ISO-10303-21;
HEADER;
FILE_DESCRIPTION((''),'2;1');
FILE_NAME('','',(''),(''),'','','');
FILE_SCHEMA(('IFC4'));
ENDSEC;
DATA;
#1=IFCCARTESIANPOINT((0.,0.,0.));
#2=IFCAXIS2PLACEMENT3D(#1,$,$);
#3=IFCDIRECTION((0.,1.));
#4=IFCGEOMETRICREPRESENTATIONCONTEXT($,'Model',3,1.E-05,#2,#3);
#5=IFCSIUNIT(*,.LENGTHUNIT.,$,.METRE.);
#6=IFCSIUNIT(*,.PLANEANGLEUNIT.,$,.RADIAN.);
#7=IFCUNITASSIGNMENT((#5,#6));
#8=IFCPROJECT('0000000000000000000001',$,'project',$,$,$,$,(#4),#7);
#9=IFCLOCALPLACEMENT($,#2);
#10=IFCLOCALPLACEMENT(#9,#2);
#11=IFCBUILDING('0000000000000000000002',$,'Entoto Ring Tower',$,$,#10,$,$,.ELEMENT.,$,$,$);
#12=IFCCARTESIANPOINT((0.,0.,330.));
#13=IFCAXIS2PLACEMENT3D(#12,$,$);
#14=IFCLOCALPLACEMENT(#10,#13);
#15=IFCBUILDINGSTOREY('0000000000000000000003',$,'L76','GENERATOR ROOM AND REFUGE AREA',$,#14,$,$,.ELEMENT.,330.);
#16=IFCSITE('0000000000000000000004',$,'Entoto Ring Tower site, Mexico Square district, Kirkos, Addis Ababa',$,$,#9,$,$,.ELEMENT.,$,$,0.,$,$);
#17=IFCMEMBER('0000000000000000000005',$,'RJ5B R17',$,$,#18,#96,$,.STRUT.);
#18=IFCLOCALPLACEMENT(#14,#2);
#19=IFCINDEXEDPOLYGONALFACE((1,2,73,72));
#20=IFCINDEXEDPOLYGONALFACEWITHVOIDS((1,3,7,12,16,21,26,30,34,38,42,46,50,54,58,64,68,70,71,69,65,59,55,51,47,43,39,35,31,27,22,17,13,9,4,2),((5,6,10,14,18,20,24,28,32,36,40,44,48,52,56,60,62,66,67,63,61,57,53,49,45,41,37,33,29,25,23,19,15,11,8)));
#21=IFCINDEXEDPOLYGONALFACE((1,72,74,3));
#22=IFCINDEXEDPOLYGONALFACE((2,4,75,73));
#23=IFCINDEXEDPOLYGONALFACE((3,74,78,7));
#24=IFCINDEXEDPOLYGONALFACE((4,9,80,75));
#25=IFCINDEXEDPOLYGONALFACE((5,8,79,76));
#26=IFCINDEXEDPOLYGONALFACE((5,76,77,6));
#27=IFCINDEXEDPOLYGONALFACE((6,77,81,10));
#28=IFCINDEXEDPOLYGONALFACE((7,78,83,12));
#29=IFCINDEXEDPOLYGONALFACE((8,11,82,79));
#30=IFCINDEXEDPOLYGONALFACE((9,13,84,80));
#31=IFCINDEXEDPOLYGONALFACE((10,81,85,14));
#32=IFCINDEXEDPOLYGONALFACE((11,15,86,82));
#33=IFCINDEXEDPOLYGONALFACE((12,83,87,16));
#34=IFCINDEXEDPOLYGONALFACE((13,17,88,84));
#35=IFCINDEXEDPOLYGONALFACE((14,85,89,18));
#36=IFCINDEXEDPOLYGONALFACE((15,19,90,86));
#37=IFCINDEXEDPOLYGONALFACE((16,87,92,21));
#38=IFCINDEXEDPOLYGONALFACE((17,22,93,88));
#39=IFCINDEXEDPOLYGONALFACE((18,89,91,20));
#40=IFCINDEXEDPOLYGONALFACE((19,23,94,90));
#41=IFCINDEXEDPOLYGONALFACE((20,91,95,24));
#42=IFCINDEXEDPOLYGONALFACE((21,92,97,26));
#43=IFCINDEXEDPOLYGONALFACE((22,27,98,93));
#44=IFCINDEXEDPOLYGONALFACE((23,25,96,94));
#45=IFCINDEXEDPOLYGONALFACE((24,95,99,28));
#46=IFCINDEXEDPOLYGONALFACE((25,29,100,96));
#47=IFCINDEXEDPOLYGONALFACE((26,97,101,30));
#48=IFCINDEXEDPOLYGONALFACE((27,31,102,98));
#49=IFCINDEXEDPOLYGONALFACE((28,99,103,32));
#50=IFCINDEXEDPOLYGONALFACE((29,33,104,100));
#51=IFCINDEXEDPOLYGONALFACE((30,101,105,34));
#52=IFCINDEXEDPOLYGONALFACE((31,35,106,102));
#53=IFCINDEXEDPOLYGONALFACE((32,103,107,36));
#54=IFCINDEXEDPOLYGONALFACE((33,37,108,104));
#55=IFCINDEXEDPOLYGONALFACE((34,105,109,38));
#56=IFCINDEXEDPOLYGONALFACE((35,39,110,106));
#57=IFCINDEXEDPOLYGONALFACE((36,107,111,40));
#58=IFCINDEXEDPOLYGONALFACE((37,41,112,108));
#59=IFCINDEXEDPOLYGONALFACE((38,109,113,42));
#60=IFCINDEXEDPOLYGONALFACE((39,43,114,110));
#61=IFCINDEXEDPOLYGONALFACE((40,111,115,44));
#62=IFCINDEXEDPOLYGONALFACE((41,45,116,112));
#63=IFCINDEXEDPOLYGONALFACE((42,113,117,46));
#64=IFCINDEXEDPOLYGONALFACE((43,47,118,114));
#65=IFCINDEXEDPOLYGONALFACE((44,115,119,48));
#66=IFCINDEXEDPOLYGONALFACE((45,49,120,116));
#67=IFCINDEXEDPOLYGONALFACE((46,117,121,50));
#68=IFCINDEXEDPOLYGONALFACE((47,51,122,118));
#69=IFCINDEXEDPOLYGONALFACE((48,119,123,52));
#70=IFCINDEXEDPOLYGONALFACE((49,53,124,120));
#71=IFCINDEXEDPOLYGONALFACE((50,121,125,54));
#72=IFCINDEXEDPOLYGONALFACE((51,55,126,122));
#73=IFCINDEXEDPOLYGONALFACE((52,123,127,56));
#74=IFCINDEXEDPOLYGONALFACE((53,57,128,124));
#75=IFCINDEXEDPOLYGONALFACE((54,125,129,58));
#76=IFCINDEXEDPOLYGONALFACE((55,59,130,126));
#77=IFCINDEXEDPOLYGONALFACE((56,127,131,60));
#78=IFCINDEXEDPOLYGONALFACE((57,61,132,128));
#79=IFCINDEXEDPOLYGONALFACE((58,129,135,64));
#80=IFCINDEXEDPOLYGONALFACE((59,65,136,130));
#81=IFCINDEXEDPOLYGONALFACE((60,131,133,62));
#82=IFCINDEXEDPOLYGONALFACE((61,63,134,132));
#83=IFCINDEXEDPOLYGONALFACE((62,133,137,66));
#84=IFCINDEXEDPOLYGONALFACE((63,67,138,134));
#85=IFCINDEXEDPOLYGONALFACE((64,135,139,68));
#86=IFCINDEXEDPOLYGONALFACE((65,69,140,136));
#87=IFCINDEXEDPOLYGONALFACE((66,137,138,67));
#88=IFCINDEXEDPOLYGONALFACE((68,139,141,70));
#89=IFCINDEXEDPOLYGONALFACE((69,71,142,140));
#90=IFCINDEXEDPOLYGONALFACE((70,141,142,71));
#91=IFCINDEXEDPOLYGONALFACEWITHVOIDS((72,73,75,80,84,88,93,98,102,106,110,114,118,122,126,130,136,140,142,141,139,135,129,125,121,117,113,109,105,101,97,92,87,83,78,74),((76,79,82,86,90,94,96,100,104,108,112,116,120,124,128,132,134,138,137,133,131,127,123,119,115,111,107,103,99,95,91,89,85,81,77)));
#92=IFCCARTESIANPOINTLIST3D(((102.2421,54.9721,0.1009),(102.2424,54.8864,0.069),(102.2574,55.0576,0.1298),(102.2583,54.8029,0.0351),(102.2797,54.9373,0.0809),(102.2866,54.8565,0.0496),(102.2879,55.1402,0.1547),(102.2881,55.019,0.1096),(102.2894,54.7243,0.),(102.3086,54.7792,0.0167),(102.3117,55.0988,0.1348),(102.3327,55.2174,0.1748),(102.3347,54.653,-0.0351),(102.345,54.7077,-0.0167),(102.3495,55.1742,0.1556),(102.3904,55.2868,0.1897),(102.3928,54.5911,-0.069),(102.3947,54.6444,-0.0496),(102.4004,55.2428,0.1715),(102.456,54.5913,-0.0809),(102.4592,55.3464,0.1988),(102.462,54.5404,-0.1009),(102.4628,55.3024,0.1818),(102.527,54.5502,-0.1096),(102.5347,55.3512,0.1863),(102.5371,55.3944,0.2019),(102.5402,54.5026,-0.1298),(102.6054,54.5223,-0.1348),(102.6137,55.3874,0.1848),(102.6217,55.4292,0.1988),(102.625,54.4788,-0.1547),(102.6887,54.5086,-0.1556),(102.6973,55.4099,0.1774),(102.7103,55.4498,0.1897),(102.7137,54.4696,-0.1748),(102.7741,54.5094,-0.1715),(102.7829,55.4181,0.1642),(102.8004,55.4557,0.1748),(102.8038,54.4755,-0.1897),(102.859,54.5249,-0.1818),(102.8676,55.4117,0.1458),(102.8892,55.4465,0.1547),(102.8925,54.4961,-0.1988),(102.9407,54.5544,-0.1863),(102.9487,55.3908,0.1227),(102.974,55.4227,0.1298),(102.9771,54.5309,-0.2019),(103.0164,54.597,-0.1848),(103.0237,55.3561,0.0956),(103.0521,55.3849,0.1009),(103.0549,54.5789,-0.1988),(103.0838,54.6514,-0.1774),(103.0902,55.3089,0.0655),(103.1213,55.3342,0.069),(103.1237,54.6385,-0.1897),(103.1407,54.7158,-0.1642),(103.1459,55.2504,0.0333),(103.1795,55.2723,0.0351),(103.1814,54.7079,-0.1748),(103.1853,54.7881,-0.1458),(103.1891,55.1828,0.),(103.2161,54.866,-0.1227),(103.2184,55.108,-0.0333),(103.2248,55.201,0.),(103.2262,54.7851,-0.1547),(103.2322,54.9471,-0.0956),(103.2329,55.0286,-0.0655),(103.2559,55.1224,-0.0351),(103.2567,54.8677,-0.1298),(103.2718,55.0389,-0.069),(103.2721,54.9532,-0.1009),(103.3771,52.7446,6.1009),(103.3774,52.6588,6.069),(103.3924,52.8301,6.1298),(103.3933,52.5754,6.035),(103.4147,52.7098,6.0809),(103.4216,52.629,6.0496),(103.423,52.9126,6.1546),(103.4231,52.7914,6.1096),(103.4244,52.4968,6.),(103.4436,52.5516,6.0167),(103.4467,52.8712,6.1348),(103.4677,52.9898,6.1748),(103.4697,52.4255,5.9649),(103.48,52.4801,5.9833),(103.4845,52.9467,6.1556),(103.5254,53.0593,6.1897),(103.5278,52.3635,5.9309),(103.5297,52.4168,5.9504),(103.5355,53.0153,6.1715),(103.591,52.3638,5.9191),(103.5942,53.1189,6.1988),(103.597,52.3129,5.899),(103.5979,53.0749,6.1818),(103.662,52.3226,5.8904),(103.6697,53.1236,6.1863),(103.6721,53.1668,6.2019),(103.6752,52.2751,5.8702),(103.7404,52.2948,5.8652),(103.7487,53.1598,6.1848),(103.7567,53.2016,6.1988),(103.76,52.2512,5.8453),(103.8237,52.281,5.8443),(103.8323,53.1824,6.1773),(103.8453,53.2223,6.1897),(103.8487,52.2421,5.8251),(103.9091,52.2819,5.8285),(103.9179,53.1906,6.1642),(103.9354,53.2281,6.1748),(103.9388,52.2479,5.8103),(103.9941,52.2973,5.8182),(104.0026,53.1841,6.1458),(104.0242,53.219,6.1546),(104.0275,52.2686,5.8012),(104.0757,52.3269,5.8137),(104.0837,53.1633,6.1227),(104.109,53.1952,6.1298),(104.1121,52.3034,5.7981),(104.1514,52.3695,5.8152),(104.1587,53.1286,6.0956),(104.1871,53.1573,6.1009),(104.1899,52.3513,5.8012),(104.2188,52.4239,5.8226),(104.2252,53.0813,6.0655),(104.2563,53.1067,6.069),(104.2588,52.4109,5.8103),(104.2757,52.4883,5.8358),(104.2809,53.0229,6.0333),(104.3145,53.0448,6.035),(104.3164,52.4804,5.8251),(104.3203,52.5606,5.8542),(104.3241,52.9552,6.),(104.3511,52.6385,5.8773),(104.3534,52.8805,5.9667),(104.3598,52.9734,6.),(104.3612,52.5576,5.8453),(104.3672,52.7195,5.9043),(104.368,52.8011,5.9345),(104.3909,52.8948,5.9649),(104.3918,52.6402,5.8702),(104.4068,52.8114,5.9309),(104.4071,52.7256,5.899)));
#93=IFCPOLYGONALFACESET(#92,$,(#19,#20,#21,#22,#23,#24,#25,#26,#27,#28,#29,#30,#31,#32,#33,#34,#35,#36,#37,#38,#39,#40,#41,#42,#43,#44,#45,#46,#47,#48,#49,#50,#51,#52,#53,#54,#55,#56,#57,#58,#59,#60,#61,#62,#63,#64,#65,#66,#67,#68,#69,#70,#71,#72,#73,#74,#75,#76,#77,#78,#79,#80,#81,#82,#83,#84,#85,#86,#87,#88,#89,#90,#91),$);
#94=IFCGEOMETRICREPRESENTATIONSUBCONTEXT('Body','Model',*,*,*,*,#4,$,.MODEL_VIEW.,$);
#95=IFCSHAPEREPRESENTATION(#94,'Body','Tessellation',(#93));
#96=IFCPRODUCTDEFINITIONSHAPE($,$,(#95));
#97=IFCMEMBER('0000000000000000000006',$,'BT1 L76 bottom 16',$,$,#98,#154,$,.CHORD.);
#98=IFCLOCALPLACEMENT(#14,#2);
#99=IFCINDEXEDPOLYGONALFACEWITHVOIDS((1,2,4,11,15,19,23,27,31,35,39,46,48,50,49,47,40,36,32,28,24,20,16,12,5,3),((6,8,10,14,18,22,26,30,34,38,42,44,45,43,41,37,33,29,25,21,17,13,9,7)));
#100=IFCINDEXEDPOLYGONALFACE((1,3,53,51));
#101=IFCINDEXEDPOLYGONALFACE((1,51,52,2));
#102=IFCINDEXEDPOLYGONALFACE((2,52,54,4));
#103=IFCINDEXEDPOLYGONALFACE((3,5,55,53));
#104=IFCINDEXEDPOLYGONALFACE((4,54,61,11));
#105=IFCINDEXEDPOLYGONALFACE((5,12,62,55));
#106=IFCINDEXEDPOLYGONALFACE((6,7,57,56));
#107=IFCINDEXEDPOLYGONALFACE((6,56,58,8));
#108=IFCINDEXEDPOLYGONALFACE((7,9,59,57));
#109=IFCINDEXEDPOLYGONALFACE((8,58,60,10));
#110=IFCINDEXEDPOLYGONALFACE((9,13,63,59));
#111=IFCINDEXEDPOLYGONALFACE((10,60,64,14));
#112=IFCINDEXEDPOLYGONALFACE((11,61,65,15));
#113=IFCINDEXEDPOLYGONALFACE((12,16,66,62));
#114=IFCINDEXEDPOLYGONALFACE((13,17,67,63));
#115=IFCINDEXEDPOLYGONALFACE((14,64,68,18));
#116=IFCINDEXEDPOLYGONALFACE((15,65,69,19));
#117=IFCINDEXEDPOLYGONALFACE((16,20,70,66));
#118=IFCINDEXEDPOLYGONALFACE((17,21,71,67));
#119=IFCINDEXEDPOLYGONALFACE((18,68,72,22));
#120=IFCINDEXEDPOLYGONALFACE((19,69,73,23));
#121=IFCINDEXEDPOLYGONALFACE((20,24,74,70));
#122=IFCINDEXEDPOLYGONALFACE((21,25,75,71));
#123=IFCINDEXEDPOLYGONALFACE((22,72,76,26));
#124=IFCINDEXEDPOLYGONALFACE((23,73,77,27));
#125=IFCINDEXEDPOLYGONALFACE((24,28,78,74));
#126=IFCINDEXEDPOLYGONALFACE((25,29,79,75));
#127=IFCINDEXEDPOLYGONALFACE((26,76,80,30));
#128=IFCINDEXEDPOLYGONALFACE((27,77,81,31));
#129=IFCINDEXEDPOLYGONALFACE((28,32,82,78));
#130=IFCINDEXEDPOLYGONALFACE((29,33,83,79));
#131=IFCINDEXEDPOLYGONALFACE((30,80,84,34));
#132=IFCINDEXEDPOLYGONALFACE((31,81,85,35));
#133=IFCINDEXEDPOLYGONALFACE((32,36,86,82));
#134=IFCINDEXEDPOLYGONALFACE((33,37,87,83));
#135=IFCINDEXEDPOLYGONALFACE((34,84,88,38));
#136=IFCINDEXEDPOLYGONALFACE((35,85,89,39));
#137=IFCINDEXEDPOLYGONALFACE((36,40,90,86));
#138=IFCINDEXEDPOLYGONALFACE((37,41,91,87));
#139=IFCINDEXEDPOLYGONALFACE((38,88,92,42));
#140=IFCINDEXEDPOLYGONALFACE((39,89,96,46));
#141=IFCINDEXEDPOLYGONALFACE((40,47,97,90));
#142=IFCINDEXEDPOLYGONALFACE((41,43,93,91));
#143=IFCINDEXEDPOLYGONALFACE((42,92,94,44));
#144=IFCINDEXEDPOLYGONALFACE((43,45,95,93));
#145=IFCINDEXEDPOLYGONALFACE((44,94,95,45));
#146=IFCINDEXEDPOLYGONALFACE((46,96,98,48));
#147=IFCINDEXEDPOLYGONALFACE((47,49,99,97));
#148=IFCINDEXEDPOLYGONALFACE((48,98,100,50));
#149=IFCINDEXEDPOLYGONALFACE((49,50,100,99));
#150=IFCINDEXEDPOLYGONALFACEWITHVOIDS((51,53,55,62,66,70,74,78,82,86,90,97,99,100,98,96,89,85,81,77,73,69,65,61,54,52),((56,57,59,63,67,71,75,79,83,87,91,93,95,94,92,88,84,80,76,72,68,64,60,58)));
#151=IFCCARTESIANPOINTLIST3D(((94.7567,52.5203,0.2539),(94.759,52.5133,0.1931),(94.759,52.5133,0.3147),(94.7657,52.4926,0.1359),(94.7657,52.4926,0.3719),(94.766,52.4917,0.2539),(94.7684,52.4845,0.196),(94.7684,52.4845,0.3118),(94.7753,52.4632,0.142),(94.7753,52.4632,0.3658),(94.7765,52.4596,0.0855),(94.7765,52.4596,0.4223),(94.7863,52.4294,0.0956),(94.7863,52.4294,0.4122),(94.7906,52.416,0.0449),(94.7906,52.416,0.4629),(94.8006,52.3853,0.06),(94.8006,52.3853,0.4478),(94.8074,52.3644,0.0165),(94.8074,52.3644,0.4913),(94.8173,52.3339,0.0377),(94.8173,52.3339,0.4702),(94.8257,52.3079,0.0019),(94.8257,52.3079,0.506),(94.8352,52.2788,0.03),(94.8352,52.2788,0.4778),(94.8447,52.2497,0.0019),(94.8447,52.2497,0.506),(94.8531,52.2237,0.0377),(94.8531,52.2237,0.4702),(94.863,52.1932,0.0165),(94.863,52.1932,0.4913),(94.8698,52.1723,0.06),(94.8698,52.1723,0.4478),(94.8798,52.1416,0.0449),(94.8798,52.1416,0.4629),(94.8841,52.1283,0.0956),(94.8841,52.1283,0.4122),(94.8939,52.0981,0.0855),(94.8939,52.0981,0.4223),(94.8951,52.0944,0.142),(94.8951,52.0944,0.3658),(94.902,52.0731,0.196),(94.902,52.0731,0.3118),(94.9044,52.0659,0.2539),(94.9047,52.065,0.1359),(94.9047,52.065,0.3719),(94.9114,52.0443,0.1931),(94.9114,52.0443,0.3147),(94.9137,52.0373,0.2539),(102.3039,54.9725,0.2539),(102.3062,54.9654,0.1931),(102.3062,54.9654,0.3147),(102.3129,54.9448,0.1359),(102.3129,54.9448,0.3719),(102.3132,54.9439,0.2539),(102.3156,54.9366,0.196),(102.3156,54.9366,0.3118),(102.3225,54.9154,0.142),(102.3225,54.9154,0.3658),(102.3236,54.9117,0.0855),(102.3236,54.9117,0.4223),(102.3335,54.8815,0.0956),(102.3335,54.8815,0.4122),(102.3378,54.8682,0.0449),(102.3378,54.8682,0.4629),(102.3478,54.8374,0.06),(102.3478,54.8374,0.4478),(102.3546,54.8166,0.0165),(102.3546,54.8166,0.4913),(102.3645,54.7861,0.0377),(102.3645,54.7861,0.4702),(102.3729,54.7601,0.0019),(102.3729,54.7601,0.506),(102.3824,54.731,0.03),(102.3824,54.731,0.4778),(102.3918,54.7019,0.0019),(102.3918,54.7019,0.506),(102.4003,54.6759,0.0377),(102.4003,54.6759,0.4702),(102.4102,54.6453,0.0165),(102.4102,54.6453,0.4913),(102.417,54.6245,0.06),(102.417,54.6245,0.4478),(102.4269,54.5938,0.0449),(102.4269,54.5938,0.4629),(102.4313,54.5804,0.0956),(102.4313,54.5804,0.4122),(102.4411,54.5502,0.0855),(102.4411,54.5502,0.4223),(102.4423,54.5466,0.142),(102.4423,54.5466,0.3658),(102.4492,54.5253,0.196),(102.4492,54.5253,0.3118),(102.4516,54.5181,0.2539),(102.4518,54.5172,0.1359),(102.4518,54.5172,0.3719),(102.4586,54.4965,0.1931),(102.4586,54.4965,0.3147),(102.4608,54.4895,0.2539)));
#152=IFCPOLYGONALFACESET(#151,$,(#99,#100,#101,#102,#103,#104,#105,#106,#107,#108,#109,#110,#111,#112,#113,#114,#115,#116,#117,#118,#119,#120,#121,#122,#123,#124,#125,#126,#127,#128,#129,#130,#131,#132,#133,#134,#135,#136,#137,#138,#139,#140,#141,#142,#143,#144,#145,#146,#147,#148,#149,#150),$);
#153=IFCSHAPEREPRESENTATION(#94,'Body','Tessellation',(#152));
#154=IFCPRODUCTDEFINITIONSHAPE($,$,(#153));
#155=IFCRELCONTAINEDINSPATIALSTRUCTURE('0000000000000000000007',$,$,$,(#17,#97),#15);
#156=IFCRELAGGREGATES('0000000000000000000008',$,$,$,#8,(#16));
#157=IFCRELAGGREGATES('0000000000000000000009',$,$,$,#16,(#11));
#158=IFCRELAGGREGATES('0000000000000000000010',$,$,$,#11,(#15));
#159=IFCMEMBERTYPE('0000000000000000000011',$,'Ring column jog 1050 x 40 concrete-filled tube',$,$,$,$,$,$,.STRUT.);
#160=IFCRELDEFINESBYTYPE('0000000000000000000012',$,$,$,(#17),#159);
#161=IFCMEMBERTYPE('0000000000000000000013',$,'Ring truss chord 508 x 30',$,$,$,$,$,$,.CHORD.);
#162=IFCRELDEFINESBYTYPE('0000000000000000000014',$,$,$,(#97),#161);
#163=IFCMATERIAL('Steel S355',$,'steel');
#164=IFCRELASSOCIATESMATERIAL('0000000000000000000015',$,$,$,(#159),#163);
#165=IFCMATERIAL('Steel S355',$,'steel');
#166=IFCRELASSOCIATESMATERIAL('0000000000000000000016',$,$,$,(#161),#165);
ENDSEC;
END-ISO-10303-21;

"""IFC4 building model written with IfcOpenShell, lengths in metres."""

from ifc_helpers import new_model, si_unit, direction, frame, origin, origin_2d, place, context, subcontext, project, spatial, circle, hollow_circle, extrude, material, material_profile, profile_set, type_object, element, save


model = new_model("IFC4")

# Units and contexts
model_context = context("Model", 3, precision=1e-05, world=origin(), true_north=direction((0.0, 1.0)))
body_context = subcontext(model_context, "Body", "Model", "MODEL_VIEW")
ifc_project = project(units=[si_unit("LENGTHUNIT", "METRE"), si_unit("PLANEANGLEUNIT", "RADIAN")], contexts=[model_context])

# Site, building, storey
site_placement = place(None, origin())
site = spatial("IfcSite", under=ifc_project, at=site_placement, Name="Entoto Ring Tower site, Mexico Square district, Kirkos, Addis Ababa", CompositionType="ELEMENT", RefElevation=0.0)
building_placement = place(site_placement, origin())
building = spatial("IfcBuilding", under=site, at=building_placement, Name="Entoto Ring Tower", CompositionType="ELEMENT")
storey_placement = place(building_placement, frame((0.0, 0.0, 330.0)))
storey = spatial("IfcBuildingStorey", under=building, at=storey_placement, Name="L76", Description="GENERATOR ROOM AND REFUGE AREA", CompositionType="ELEMENT", Elevation=330.0)

# Members
ifc_material_1 = material(Name="Steel S355", Category="steel")
ifc_material_profile_1 = material_profile(ifc_material_1, hollow_circle(Radius=0.5249, WallThickness=0.04, at=origin_2d()), Name="CHS 1050 x 40")
ifc_material_2 = material(Name="Concrete C60/75", Category="concrete")
ifc_material_profile_2 = material_profile(ifc_material_2, circle(Radius=0.4851, at=origin_2d()), Name="Concrete C60/75 infill")
ifc_profile_set_1 = profile_set([ifc_material_profile_1, ifc_material_profile_2], Name="Steel S355")
member_type_1 = type_object("IfcMemberType", Name="Ring column jog 1050 x 40 concrete-filled tube", PredefinedType="STRUT", material=ifc_profile_set_1)
for number, where, z_axis, x_axis, name in (
    (1, (102.7571, 54.9626, 0.0), (0.174617, -0.342698, 0.923075), (0.891003, 0.453997, 0.0), "RJ5B R17"),
):
    element("IfcMember", number, at=place(storey_placement, frame(where, z_axis=z_axis, x_axis=x_axis)), inside=storey, type_object=member_type_1, Name=name, PredefinedType="STRUT", context=body_context, shape_type="SweptSolid", body=[
        extrude(hollow_circle(Radius=0.5249, WallThickness=0.04, at=origin_2d()), origin(), (0.0, 0.0, 1.0), 6.5),
    ])
ifc_material_3 = material(Name="Steel S355", Category="steel")
ifc_material_profile_3 = material_profile(ifc_material_3, hollow_circle(Radius=0.2539, WallThickness=0.03, at=origin_2d()), Name="CHS 508 x 30")
ifc_material_4 = material(Name="Concrete C60/75", Category="concrete")
ifc_material_profile_4 = material_profile(ifc_material_4, circle(Radius=0.2241, at=origin_2d()), Name="Concrete C60/75 infill")
ifc_profile_set_2 = profile_set([ifc_material_profile_3, ifc_material_profile_4], Name="Steel S355")
member_type_2 = type_object("IfcMemberType", Name="Ring truss chord 508 x 30", PredefinedType="CHORD", material=ifc_profile_set_2)
member_1_placement = place(storey_placement, frame((94.8352, 52.2788, 0.2539), z_axis=(0.951059, 0.30901, 0.0), x_axis=(-0.30901, 0.951059, 0.0)))
element("IfcMember", 2, at=member_1_placement, inside=storey, type_object=member_type_2, Name="BT1 L76 bottom 16", PredefinedType="CHORD", context=body_context, shape_type="SweptSolid", body=[
    extrude(hollow_circle(Radius=0.2539, WallThickness=0.03, at=origin_2d()), origin(), (0.0, 0.0, 1.0), 7.9355),
])

save(model, "model.ifc")
